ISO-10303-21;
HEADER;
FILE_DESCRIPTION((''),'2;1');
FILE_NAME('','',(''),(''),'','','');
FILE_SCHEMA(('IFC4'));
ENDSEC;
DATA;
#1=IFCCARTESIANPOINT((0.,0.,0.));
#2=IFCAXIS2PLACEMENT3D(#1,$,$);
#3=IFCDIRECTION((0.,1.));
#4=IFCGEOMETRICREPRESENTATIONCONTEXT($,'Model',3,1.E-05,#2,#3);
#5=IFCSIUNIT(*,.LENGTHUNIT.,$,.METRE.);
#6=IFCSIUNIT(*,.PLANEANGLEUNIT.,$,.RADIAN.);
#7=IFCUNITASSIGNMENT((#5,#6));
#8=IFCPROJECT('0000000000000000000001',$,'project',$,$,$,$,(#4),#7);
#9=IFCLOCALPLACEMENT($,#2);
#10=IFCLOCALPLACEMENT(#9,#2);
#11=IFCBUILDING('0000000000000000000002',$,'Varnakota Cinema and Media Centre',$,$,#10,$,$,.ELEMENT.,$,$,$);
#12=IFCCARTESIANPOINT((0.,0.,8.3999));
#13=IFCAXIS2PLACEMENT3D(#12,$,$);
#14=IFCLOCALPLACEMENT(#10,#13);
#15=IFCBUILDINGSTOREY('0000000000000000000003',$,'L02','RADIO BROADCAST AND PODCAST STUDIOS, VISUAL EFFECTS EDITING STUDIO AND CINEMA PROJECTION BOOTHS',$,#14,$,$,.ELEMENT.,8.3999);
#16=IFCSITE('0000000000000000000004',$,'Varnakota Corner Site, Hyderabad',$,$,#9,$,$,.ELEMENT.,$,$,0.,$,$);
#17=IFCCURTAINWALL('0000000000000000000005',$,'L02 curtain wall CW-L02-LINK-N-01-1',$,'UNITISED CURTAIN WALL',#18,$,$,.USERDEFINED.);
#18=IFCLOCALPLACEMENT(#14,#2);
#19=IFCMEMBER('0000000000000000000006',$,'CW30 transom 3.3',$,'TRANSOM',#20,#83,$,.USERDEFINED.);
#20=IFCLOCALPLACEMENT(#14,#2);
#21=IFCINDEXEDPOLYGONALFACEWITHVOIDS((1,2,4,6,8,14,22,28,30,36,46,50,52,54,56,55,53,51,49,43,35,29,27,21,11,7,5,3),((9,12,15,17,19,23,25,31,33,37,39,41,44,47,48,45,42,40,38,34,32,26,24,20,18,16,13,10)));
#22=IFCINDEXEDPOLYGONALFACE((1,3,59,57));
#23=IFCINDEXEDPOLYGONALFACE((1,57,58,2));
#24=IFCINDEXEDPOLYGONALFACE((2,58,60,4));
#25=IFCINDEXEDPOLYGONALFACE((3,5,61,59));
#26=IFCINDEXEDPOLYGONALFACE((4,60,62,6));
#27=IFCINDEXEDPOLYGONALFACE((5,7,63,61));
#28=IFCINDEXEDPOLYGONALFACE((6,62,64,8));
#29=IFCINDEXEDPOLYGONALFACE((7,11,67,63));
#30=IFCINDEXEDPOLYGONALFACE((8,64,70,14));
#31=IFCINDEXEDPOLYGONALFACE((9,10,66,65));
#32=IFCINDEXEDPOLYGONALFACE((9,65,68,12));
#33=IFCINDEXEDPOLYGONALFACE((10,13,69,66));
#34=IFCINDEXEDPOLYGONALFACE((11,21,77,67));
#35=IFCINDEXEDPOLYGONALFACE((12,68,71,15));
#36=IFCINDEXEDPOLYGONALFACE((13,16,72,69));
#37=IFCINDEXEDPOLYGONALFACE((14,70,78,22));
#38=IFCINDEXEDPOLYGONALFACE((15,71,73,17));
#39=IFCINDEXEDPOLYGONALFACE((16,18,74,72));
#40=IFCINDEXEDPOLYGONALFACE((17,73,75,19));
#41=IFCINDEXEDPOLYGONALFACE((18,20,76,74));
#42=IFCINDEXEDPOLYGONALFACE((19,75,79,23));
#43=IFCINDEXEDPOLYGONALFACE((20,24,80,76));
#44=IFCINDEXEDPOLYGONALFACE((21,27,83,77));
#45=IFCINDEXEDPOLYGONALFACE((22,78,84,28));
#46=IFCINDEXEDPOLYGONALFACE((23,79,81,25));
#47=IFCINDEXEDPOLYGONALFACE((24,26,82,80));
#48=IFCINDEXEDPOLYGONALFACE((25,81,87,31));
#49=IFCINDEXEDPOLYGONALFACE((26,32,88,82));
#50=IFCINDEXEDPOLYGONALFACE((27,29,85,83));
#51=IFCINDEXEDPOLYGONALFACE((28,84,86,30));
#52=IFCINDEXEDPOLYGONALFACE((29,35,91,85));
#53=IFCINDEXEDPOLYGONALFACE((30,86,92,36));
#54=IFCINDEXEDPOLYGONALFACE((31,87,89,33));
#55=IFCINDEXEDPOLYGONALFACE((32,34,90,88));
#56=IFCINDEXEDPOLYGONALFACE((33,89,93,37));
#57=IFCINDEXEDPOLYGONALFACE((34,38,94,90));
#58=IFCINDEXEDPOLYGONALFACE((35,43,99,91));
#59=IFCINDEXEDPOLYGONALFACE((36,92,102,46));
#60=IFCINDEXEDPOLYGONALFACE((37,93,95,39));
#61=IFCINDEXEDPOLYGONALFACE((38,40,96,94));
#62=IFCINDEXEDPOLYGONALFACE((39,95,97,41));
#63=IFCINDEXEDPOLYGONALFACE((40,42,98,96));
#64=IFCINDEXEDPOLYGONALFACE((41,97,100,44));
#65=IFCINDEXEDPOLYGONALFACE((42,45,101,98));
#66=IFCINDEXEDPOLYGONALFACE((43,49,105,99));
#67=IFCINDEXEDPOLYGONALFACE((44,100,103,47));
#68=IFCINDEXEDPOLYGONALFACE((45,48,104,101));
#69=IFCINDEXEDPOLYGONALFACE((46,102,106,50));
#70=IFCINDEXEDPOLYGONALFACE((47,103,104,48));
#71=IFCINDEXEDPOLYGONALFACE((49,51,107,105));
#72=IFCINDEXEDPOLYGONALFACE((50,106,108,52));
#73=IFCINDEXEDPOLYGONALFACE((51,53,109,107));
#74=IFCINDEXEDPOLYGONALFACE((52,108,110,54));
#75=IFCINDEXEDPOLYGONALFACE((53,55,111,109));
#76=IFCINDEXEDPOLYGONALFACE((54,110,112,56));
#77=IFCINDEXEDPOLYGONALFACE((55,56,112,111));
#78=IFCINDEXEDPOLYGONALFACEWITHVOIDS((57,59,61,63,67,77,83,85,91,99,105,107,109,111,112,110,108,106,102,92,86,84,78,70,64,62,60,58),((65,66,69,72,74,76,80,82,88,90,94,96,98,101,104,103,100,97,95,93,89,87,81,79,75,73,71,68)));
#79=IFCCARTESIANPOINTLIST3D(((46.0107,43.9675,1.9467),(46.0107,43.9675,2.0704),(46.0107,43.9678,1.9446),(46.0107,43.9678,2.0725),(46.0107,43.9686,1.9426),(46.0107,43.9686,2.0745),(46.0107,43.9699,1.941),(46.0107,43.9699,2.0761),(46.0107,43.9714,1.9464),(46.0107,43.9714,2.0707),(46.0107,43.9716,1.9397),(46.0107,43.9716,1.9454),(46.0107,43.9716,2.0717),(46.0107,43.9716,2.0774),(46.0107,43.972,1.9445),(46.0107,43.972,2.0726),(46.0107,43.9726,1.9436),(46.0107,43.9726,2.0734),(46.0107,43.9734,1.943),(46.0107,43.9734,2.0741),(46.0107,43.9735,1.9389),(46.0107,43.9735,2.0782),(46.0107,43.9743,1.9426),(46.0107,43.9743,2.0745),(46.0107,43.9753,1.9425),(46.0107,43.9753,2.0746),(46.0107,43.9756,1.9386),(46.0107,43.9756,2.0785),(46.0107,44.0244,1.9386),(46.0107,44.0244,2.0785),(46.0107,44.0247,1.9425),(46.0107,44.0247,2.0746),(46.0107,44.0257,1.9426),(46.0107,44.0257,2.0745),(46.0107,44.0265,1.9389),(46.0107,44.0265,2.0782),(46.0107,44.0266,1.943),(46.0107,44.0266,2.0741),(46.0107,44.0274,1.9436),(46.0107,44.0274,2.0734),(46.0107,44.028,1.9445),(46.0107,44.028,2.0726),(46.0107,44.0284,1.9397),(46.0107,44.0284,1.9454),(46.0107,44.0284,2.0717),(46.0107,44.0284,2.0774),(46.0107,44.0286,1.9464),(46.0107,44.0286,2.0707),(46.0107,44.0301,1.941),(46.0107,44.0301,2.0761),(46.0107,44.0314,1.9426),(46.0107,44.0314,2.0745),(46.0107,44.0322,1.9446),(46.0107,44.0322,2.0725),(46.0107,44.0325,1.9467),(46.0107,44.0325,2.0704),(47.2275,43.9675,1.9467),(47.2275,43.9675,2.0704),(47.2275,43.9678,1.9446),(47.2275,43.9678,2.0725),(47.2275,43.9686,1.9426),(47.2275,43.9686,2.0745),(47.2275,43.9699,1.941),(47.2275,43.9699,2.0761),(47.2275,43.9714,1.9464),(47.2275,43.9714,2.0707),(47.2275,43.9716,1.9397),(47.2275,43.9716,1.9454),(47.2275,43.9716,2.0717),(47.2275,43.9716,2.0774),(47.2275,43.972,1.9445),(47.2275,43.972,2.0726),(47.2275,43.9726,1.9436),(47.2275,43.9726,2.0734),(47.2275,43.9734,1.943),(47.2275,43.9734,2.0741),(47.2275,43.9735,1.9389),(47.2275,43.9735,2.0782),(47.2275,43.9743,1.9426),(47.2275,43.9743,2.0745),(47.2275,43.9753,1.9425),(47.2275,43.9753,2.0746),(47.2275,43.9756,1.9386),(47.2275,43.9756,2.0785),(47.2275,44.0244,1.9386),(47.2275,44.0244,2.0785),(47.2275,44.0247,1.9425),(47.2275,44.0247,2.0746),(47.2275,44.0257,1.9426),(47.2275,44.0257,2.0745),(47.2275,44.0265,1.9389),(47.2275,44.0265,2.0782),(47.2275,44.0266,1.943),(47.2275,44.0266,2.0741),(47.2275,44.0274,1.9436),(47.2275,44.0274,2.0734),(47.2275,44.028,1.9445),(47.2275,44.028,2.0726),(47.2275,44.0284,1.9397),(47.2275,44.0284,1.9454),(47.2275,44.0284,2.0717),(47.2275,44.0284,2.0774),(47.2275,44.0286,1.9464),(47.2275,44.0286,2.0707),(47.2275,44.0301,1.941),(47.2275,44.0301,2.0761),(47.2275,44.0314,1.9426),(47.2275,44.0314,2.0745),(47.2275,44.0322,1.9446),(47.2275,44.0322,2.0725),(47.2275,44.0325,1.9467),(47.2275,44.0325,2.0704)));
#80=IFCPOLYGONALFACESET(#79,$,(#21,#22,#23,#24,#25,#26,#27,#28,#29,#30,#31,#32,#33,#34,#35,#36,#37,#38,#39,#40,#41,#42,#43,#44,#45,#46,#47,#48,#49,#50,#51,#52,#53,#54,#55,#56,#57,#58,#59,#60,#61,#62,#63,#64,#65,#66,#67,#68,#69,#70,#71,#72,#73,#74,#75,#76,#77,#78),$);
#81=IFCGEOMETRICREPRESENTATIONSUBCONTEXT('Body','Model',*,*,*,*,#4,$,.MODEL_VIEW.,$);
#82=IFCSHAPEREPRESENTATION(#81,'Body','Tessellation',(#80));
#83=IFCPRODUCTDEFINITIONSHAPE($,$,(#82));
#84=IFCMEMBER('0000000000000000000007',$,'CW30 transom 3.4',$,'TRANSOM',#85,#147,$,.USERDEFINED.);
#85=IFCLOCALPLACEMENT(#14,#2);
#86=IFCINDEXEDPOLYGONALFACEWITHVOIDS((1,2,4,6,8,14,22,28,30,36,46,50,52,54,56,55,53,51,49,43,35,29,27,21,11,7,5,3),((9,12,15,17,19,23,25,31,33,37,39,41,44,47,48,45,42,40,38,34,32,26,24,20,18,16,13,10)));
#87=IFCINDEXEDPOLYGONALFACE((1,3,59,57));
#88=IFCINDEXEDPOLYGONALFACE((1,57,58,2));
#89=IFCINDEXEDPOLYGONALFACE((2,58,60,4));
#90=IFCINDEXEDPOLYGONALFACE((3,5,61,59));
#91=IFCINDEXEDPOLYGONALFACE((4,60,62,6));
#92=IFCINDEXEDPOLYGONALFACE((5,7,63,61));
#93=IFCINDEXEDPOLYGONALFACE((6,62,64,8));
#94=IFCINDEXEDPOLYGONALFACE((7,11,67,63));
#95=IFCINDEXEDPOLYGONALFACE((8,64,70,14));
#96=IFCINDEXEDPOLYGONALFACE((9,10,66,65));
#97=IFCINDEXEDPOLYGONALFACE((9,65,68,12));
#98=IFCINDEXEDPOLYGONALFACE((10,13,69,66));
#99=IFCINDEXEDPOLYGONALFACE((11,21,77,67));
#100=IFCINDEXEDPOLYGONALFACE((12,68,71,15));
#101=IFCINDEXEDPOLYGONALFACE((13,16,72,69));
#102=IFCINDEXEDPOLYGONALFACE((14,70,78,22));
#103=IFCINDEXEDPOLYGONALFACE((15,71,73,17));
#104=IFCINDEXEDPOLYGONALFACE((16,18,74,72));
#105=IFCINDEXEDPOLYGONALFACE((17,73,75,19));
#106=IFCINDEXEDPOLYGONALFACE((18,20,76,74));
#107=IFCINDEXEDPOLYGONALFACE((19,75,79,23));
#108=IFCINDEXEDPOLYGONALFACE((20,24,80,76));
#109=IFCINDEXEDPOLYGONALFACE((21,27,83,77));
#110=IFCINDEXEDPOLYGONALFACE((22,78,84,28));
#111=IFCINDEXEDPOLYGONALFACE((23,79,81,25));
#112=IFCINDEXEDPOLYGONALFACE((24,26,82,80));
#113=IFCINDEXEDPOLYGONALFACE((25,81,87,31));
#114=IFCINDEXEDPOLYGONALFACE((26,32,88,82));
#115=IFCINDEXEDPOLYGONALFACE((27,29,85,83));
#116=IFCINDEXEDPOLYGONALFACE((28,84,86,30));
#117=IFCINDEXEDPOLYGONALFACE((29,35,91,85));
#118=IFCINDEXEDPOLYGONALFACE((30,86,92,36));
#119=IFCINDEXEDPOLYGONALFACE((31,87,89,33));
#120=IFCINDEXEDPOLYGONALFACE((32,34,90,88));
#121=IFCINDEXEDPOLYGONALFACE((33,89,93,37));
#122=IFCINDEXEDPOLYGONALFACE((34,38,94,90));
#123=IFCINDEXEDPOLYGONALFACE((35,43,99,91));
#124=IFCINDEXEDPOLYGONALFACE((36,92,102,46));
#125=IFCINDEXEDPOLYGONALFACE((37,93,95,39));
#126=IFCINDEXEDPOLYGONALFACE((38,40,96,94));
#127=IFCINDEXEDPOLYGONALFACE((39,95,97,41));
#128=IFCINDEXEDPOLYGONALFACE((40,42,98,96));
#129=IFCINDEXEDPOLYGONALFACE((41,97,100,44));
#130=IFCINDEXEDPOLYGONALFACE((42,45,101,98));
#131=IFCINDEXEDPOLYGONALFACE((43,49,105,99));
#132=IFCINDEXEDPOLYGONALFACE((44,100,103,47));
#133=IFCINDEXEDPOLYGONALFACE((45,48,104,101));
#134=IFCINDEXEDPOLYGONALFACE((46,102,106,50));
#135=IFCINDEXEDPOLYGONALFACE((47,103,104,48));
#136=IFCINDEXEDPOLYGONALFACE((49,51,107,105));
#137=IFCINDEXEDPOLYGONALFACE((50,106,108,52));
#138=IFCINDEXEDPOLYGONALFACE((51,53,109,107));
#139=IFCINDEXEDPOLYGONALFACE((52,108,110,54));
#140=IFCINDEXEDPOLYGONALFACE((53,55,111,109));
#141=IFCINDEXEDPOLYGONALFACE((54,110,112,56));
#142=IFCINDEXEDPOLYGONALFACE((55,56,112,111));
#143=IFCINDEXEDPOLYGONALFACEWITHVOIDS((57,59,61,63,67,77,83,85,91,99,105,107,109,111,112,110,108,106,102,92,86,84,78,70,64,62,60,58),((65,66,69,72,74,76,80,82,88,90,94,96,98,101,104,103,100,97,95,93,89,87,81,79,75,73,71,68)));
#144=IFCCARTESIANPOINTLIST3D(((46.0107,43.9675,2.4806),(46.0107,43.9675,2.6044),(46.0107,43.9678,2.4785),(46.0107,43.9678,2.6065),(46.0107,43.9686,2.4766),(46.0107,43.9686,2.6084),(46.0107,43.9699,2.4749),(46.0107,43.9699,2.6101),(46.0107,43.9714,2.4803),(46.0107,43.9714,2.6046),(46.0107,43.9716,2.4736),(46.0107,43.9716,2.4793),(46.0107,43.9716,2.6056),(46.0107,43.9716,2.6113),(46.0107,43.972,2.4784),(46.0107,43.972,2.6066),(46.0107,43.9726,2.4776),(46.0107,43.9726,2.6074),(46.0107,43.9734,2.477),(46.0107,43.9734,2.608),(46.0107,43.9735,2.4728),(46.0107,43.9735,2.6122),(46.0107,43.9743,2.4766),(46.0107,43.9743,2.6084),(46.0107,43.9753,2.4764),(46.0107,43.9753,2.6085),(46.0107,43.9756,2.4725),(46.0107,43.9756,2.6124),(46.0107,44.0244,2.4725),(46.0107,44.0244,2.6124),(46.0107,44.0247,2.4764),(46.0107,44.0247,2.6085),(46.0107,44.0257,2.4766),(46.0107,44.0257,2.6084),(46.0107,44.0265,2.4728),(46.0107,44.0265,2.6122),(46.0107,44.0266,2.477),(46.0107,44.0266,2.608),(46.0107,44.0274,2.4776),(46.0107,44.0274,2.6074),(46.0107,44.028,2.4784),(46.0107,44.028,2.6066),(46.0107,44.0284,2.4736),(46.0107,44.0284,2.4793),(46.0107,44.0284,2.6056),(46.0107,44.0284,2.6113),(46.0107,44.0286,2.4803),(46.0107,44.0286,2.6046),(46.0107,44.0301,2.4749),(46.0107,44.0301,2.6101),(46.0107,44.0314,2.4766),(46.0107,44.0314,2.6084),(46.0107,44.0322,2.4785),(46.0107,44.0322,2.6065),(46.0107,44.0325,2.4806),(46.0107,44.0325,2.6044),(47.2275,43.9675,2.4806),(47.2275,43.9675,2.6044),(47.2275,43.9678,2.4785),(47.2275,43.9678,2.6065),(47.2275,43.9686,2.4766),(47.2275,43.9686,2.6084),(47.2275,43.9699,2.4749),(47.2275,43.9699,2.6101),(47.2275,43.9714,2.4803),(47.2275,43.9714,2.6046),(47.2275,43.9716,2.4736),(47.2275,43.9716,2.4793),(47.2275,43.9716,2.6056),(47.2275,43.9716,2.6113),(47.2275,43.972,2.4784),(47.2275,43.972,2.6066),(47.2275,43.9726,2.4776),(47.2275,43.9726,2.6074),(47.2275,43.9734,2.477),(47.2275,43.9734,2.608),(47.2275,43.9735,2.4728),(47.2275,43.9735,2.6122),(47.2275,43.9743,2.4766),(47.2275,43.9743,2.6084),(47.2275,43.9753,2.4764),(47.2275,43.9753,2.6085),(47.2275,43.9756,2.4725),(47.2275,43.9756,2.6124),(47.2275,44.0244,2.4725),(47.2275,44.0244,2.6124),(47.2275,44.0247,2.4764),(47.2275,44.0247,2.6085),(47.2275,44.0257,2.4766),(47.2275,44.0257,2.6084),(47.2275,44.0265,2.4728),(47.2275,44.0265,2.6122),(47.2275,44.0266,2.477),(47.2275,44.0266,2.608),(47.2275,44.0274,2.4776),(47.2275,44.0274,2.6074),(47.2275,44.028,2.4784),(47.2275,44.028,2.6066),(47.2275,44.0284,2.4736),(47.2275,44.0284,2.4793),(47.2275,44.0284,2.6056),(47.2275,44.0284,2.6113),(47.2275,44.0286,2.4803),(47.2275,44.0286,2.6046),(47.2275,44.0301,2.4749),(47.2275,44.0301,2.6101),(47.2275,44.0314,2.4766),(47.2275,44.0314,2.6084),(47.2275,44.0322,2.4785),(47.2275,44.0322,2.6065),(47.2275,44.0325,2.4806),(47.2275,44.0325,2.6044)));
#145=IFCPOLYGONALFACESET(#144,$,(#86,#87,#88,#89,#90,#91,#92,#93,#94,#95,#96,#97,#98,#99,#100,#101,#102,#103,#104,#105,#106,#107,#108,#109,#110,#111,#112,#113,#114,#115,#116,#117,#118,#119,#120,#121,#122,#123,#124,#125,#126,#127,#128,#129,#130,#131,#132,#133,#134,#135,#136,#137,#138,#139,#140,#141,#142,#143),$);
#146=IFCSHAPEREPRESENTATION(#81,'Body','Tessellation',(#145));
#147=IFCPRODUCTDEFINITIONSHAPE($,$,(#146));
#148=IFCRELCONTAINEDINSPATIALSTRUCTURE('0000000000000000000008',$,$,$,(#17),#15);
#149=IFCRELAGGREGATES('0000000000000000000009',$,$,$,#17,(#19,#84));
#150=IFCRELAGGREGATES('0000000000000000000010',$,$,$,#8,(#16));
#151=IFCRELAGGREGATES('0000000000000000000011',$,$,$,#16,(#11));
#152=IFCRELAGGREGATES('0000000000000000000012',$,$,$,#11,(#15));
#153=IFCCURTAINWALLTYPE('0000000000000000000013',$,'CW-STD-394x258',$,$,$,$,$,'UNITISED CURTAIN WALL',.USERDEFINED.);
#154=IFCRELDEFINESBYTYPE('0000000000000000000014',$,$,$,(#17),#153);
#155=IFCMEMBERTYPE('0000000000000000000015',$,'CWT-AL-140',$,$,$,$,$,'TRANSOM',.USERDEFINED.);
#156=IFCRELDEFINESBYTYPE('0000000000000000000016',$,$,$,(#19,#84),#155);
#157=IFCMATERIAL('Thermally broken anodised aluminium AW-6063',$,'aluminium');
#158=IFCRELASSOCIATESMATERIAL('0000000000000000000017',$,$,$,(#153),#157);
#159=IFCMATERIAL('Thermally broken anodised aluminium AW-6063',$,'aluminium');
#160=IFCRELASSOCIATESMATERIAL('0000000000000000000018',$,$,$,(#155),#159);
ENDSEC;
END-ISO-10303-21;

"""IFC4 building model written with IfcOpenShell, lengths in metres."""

from ifc_helpers import new_model, si_unit, direction, frame, origin, origin_2d, place, context, subcontext, project, spatial, hollow_rectangle, extrude, material, material_profile, profile_set, type_object, element, aggregate, save


model = new_model("IFC4")

# Units and contexts
model_context = context("Model", 3, precision=1e-05, world=origin(), true_north=direction((0.0, 1.0)))
body_context = subcontext(model_context, "Body", "Model", "MODEL_VIEW")
ifc_project = project(units=[si_unit("LENGTHUNIT", "METRE"), si_unit("PLANEANGLEUNIT", "RADIAN")], contexts=[model_context])

# Site, building, storey
site_placement = place(None, origin())
site = spatial("IfcSite", under=ifc_project, at=site_placement, Name="Varnakota Corner Site, Hyderabad", CompositionType="ELEMENT", RefElevation=0.0)
building_placement = place(site_placement, origin())
building = spatial("IfcBuilding", under=site, at=building_placement, Name="Varnakota Cinema and Media Centre", CompositionType="ELEMENT")
storey_placement = place(building_placement, frame((0.0, 0.0, 8.3999)))
storey = spatial("IfcBuildingStorey", under=building, at=storey_placement, Name="L02", Description="RADIO BROADCAST AND PODCAST STUDIOS, VISUAL EFFECTS EDITING STUDIO AND CINEMA PROJECTION BOOTHS", CompositionType="ELEMENT", Elevation=8.3999)

# Curtain wall
ifc_material_1 = material(Name="Thermally broken anodised aluminium AW-6063", Category="aluminium")
curtain_wall_type_1 = type_object("IfcCurtainWallType", Name="CW-STD-394x258", ElementType="UNITISED CURTAIN WALL", PredefinedType="USERDEFINED", material=ifc_material_1)
curtain_wall_1_placement = place(storey_placement, origin())
curtain_wall_1 = element("IfcCurtainWall", 1, at=curtain_wall_1_placement, inside=storey, type_object=curtain_wall_type_1, Name="L02 curtain wall CW-L02-LINK-N-01-1", ObjectType="UNITISED CURTAIN WALL", PredefinedType="USERDEFINED")

# Members
ifc_material_2 = material(Name="Thermally broken anodised aluminium AW-6063", Category="aluminium")
ifc_material_profile_1 = material_profile(ifc_material_2, hollow_rectangle(XDim=0.0649, YDim=0.1399, WallThickness=0.0039, InnerFilletRadius=0.0039, OuterFilletRadius=0.0081, at=origin_2d()), Name="AL-TRANSOM 140x65x4")
ifc_profile_set_1 = profile_set([ifc_material_profile_1], Name="Thermally broken anodised aluminium AW-6063")
member_type_1 = type_object("IfcMemberType", Name="CWT-AL-140", ElementType="TRANSOM", PredefinedType="USERDEFINED", material=ifc_profile_set_1)
member_1_placement = place(storey_placement, frame((46.0107, 44.0, 2.0085), z_axis=(1.0, 0.0, 0.0), x_axis=(0.0, 1.0, 0.0)))
member_1 = element("IfcMember", 2, at=member_1_placement, type_object=member_type_1, Name="CW30 transom 3.3", ObjectType="TRANSOM", PredefinedType="USERDEFINED", context=body_context, shape_type="SweptSolid", body=[
    extrude(hollow_rectangle(XDim=0.0649, YDim=0.1399, WallThickness=0.0039, InnerFilletRadius=0.0039, OuterFilletRadius=0.0081, at=origin_2d()), origin(), (0.0, 0.0, 1.0), 1.2168),
])
member_2_placement = place(storey_placement, frame((46.0107, 44.0, 2.5425), z_axis=(1.0, 0.0, 0.0), x_axis=(0.0, 1.0, 0.0)))
member_2 = element("IfcMember", 3, at=member_2_placement, type_object=member_type_1, Name="CW30 transom 3.4", ObjectType="TRANSOM", PredefinedType="USERDEFINED", context=body_context, shape_type="SweptSolid", body=[
    extrude(hollow_rectangle(XDim=0.0649, YDim=0.1399, WallThickness=0.0039, InnerFilletRadius=0.0039, OuterFilletRadius=0.0081, at=origin_2d()), origin(), (0.0, 0.0, 1.0), 1.2168),
])

aggregate(curtain_wall_1, [member_1, member_2])

save(model, "model.ifc")
